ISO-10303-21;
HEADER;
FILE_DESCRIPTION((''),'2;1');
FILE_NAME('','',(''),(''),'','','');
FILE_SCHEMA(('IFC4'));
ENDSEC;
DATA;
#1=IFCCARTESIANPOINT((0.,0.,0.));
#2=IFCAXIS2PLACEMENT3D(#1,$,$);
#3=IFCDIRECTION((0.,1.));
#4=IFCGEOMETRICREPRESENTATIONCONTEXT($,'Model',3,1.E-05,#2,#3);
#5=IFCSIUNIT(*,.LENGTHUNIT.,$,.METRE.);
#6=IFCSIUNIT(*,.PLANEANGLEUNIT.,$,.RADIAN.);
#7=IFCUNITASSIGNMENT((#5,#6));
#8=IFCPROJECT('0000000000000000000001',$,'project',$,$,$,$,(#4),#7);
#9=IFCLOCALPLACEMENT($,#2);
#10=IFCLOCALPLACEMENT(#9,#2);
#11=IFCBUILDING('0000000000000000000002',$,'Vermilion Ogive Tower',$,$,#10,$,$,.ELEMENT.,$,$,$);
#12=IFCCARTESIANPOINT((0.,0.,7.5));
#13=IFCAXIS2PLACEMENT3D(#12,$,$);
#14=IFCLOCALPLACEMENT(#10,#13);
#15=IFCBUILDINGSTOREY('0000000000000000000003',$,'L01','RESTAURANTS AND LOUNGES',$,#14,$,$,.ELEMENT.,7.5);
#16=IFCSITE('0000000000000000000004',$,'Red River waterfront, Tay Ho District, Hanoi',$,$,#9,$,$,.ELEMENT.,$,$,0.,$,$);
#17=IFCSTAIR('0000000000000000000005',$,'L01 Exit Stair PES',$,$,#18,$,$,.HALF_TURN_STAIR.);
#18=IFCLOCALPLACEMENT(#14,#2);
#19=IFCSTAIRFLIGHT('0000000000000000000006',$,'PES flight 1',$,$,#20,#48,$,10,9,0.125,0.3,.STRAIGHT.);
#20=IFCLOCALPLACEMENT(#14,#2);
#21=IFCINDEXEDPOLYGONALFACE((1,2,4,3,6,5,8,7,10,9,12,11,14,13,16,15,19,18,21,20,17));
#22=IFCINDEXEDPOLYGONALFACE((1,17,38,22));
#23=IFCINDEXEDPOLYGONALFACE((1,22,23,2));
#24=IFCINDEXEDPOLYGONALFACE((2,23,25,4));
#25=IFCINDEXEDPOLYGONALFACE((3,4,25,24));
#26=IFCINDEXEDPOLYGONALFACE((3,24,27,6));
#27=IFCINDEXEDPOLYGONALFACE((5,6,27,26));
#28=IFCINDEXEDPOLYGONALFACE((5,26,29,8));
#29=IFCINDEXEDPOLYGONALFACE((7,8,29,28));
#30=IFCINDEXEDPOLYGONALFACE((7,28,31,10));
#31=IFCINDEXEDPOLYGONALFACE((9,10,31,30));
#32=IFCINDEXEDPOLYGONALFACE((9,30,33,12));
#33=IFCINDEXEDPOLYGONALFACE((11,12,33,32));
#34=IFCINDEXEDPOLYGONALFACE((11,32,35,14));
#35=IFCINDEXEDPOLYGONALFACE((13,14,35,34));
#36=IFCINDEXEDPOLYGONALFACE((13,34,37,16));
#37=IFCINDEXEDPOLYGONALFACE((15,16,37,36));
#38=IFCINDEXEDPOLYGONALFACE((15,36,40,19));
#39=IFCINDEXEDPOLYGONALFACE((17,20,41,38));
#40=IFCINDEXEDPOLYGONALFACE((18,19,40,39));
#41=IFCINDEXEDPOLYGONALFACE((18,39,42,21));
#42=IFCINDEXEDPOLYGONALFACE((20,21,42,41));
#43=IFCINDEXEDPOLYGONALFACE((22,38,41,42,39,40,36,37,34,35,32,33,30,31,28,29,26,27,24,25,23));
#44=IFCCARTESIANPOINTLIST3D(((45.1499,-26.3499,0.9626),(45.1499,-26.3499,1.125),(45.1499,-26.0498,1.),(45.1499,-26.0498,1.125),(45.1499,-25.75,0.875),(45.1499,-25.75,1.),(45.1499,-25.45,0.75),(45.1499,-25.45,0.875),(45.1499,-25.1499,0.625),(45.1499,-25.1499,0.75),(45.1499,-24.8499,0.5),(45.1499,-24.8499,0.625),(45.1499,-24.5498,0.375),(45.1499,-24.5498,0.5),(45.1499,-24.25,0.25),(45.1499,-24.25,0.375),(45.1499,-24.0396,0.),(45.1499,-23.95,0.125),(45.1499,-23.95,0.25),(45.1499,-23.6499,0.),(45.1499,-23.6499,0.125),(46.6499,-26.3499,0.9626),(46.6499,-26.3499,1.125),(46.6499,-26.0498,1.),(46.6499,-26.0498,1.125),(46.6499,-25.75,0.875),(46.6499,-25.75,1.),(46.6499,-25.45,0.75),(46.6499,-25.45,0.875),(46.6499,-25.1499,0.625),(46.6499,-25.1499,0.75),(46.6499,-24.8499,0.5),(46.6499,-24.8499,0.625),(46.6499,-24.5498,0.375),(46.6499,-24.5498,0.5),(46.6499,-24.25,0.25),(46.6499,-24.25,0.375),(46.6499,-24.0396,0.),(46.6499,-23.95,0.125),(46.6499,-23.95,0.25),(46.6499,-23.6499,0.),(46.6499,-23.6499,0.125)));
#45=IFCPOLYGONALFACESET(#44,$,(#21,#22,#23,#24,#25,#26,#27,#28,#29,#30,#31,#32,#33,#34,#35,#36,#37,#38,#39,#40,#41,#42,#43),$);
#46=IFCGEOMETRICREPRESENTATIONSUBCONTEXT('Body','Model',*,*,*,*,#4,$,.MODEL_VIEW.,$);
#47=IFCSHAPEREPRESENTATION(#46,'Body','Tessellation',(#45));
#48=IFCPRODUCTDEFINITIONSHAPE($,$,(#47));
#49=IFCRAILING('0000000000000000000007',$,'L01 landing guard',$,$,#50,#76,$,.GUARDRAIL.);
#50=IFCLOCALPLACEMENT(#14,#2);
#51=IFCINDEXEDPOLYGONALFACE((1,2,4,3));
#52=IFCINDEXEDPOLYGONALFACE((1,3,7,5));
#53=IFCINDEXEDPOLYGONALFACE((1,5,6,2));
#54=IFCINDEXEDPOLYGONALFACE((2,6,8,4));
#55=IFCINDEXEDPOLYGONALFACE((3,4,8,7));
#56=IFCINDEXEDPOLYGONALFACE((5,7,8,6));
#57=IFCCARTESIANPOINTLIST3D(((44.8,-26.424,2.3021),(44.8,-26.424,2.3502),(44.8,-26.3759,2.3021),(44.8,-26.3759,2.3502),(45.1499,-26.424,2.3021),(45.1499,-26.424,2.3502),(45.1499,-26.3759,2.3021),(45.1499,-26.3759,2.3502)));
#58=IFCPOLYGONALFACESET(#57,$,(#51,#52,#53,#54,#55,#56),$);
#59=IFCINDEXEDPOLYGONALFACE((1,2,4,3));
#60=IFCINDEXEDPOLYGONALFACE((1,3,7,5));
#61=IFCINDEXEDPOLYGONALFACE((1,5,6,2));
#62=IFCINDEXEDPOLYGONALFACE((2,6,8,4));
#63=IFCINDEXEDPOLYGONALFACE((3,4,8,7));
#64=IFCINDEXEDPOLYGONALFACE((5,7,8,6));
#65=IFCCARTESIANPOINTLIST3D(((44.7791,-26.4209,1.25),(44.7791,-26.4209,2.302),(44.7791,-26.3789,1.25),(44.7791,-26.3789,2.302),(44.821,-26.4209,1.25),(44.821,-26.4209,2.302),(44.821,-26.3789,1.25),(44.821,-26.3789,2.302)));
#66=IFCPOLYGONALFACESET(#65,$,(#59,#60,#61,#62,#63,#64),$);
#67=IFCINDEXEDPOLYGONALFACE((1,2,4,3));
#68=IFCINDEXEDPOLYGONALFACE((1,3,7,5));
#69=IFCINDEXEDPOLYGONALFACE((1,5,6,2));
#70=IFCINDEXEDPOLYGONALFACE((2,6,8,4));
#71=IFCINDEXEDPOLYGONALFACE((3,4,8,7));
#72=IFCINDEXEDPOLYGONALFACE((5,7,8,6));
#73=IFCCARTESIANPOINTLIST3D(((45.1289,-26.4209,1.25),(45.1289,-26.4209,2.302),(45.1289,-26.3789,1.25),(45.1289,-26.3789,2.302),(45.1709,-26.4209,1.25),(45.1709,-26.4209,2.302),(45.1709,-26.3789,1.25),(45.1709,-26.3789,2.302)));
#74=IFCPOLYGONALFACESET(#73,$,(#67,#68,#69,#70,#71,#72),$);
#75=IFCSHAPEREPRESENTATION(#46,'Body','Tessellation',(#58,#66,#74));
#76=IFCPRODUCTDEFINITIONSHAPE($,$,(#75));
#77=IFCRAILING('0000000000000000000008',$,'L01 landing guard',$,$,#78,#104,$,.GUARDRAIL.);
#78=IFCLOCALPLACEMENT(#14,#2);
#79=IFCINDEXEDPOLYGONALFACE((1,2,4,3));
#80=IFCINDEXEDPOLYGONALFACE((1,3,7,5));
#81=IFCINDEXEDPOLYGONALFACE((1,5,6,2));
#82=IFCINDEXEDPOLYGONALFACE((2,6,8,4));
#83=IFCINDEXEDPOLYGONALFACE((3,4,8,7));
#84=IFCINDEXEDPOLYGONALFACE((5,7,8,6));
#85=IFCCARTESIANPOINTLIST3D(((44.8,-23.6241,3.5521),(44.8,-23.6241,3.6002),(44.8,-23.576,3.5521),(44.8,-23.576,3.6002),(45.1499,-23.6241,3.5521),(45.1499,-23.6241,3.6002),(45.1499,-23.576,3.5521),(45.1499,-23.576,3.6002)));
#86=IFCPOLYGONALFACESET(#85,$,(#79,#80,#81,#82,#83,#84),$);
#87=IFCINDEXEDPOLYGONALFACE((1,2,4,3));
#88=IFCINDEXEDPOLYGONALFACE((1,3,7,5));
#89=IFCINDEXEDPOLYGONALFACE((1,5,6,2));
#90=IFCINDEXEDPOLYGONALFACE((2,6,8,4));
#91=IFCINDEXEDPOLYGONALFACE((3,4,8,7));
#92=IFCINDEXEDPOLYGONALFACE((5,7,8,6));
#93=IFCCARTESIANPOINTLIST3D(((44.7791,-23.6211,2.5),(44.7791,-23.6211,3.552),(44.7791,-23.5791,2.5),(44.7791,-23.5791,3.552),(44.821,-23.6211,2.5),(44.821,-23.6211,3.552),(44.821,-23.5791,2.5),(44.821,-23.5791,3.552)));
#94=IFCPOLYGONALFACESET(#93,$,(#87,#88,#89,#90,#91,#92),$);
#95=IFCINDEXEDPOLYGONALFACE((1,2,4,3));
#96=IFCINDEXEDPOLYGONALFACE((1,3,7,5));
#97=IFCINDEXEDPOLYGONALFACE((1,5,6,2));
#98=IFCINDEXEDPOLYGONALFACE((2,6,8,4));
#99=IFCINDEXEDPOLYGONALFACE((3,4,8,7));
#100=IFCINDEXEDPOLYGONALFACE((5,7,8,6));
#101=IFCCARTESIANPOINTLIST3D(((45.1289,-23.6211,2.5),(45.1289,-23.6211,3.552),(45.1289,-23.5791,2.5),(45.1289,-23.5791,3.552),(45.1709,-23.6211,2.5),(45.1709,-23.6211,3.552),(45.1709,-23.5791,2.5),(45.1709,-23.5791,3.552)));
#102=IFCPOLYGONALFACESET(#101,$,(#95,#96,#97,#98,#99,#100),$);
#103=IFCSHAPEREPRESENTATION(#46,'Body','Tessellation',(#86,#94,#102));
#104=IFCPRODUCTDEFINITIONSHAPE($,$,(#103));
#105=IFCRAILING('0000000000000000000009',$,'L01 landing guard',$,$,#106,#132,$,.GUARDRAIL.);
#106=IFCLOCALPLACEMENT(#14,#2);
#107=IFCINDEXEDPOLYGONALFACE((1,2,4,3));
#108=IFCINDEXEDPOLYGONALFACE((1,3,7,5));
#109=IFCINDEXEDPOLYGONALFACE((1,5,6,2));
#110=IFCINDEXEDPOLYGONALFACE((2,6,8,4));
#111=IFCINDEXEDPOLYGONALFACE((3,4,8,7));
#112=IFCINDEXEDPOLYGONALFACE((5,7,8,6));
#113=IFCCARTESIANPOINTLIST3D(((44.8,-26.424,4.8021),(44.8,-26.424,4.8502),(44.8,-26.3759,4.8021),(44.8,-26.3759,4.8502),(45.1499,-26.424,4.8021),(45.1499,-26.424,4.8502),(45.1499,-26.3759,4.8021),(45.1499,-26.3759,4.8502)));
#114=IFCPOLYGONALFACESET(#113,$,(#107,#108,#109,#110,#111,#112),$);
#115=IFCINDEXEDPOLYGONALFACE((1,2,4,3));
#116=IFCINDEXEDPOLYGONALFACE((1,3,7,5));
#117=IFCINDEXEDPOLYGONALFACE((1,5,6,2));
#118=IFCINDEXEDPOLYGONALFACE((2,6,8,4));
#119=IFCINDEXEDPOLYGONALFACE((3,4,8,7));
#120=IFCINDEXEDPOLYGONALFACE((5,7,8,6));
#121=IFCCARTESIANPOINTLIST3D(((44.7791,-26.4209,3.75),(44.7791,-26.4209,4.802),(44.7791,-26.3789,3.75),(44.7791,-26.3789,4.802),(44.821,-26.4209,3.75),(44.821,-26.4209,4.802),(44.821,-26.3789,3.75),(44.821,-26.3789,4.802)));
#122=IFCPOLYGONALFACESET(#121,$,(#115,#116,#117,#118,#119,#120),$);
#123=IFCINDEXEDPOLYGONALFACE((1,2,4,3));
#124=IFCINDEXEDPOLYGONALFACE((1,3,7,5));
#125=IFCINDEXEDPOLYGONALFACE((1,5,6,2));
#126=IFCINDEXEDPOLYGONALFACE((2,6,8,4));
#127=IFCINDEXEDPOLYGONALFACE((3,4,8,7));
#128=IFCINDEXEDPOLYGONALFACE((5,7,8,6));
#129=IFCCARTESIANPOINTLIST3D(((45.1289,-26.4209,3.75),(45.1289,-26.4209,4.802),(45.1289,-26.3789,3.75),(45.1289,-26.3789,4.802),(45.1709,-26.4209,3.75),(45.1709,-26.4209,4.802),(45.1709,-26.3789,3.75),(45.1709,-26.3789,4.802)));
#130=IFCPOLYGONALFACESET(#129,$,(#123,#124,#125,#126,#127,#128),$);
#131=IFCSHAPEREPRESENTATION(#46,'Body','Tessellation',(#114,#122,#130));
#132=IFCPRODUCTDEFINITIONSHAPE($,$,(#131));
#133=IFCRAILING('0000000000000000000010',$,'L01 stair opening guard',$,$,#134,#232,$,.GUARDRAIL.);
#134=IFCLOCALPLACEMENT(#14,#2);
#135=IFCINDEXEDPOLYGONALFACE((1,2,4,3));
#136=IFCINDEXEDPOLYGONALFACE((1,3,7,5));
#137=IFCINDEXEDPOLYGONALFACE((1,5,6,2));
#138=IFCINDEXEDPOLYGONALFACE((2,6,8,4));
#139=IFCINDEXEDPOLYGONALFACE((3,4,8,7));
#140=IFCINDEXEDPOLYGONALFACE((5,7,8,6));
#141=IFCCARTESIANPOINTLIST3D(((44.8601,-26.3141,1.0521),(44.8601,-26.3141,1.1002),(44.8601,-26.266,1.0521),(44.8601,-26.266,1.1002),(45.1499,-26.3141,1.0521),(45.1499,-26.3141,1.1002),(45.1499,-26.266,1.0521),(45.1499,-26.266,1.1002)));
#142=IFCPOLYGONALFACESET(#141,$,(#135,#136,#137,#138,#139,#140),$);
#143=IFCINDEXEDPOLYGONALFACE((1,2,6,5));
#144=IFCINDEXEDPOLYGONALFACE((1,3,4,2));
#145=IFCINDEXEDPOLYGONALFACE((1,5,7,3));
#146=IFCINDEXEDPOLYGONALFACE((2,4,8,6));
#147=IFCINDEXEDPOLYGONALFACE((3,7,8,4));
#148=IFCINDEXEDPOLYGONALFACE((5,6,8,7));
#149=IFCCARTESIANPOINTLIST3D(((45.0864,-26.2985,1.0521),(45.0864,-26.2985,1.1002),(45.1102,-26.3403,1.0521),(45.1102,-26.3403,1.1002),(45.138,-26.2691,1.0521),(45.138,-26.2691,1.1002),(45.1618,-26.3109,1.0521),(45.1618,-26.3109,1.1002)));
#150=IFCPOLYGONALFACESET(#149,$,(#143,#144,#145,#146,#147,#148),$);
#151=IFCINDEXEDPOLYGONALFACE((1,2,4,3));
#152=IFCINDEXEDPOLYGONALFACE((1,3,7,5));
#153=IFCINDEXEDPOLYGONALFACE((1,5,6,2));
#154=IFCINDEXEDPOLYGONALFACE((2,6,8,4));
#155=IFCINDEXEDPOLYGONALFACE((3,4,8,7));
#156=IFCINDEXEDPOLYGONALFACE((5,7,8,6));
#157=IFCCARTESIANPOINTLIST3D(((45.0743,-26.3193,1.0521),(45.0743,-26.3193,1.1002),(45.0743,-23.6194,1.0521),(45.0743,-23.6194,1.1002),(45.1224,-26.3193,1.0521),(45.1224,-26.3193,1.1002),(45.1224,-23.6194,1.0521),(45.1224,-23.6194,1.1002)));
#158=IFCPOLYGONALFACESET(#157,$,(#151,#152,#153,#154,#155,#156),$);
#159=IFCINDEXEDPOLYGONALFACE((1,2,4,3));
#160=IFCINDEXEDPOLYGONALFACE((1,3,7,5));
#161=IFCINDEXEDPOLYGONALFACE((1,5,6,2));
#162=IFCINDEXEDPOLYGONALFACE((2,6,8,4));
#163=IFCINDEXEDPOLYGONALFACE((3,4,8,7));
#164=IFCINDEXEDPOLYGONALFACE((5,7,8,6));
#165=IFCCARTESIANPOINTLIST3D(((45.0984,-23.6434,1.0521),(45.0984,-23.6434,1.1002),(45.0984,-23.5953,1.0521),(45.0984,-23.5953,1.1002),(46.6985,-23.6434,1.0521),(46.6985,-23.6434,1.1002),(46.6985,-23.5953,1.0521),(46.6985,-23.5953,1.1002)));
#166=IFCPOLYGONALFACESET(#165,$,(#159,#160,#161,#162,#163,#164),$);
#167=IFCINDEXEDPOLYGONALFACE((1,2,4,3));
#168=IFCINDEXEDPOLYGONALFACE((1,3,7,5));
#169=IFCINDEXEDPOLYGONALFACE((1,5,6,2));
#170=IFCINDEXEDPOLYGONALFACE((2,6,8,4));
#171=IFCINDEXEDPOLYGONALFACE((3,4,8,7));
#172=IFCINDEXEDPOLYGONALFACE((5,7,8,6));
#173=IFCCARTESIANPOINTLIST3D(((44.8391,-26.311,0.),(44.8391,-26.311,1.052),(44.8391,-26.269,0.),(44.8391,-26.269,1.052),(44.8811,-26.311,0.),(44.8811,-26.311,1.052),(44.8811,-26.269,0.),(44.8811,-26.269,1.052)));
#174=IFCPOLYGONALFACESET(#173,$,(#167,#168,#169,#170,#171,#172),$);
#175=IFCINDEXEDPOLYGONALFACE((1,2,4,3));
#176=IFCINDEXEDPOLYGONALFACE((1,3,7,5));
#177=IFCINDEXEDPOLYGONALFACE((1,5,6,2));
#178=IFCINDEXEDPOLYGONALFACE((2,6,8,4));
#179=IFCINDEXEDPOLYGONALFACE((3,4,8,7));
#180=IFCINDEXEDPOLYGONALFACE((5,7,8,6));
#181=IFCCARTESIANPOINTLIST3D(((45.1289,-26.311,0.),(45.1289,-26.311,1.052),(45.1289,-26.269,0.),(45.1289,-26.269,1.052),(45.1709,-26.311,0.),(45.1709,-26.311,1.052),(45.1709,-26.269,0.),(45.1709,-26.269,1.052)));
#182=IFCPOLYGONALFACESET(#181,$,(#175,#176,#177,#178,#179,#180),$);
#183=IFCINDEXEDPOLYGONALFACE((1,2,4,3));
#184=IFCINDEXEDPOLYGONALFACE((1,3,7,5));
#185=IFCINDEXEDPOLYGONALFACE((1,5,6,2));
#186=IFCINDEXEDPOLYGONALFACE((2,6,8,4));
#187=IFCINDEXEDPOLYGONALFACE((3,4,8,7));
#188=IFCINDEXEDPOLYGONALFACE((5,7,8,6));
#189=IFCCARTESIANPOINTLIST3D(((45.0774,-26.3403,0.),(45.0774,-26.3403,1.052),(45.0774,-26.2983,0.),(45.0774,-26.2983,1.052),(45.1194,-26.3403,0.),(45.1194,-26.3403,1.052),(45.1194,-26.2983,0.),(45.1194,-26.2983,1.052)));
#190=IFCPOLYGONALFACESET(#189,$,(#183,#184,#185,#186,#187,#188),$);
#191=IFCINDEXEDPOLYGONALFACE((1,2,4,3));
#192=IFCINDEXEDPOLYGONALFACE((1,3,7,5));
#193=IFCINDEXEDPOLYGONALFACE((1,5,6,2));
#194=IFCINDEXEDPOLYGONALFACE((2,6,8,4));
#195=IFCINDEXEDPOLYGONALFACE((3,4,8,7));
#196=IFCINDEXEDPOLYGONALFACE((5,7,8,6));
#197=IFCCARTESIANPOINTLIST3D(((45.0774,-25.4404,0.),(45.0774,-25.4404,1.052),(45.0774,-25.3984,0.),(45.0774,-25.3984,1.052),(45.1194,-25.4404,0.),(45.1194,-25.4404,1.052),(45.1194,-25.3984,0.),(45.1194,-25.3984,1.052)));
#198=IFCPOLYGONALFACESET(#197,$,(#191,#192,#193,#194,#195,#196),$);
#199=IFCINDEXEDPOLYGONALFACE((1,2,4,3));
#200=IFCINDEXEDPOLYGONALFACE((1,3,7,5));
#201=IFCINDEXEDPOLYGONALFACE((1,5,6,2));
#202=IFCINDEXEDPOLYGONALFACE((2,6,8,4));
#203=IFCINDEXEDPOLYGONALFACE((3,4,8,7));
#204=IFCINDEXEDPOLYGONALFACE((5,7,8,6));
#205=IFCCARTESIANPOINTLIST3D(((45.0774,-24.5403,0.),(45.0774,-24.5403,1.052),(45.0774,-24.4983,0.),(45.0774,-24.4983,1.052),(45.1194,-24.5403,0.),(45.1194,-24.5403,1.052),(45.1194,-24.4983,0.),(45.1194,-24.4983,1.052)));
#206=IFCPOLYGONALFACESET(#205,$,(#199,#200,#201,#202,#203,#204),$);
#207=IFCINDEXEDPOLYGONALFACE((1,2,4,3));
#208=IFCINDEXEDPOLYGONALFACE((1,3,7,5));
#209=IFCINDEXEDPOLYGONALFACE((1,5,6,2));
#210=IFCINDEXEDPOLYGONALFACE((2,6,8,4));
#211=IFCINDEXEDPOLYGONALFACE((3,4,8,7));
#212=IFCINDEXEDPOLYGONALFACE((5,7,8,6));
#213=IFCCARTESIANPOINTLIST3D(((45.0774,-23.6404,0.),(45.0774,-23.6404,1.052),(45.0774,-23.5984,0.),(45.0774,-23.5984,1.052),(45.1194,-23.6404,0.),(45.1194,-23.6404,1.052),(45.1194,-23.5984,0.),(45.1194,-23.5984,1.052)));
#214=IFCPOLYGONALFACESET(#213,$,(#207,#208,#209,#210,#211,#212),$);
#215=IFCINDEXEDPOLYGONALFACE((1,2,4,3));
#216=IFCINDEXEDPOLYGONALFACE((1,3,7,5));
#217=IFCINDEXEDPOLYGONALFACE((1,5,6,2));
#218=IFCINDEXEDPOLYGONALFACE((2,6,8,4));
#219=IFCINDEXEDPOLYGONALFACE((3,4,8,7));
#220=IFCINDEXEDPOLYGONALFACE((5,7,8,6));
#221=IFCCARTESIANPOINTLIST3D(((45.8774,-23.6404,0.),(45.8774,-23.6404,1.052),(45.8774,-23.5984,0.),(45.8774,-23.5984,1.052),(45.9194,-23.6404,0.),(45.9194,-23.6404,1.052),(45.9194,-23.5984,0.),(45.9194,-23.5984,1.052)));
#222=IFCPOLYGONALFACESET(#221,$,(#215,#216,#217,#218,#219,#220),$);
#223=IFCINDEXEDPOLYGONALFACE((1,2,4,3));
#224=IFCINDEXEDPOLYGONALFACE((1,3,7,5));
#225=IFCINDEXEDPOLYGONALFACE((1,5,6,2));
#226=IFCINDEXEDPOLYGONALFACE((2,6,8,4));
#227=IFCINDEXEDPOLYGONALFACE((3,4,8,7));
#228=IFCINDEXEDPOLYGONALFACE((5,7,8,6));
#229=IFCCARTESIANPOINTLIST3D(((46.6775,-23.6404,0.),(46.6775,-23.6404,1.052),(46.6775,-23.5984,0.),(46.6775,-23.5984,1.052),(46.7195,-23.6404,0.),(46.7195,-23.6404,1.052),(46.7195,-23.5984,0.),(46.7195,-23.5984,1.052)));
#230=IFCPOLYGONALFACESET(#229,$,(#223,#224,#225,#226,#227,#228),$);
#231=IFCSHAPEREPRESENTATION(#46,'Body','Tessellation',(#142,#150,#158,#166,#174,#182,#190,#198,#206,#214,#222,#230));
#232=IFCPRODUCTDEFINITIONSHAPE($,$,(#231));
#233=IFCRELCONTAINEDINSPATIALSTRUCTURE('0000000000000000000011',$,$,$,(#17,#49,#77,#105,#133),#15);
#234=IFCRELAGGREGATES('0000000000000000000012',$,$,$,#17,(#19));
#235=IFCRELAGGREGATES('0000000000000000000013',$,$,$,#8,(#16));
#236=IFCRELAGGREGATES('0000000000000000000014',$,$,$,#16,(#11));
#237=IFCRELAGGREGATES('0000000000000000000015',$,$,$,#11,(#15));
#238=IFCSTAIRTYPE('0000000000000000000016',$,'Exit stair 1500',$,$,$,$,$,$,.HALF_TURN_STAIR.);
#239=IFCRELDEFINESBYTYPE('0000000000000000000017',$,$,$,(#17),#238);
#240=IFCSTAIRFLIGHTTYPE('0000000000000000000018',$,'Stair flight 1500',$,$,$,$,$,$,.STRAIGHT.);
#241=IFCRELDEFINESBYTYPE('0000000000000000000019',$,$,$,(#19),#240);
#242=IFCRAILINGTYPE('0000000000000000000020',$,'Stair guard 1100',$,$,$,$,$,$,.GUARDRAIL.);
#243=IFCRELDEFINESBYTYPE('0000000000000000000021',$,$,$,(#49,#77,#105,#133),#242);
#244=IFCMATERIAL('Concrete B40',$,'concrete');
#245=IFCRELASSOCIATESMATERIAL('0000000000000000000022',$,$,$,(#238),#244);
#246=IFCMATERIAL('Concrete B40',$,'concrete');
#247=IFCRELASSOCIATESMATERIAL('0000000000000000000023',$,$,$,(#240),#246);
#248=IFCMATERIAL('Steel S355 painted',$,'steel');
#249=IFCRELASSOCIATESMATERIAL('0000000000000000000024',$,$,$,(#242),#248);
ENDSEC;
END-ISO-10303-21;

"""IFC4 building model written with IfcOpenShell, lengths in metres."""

from ifc_helpers import new_model, si_unit, direction, frame, origin, origin_2d, place, context, subcontext, project, spatial, polyline, rectangle, outline, extrude, material, type_object, element, aggregate, save


model = new_model("IFC4")

# Units and contexts
model_context = context("Model", 3, precision=1e-05, world=origin(), true_north=direction((0.0, 1.0)))
body_context = subcontext(model_context, "Body", "Model", "MODEL_VIEW")
ifc_project = project(units=[si_unit("LENGTHUNIT", "METRE"), si_unit("PLANEANGLEUNIT", "RADIAN")], contexts=[model_context])

# Site, building, storey
site_placement = place(None, origin())
site = spatial("IfcSite", under=ifc_project, at=site_placement, Name="Red River waterfront, Tay Ho District, Hanoi", CompositionType="ELEMENT", RefElevation=0.0)
building_placement = place(site_placement, origin())
building = spatial("IfcBuilding", under=site, at=building_placement, Name="Vermilion Ogive Tower", CompositionType="ELEMENT")
storey_placement = place(building_placement, frame((0.0, 0.0, 7.5)))
storey = spatial("IfcBuildingStorey", under=building, at=storey_placement, Name="L01", Description="RESTAURANTS AND LOUNGES", CompositionType="ELEMENT", Elevation=7.5)

# Stair, stair flight
ifc_material_1 = material(Name="Concrete B40", Category="concrete")
stair_type = type_object("IfcStairType", Name="Exit stair 1500", PredefinedType="HALF_TURN_STAIR", material=ifc_material_1)
stair_placement = place(storey_placement, origin())
stair = element("IfcStair", 1, at=stair_placement, inside=storey, type_object=stair_type, Name="L01 Exit Stair PES", PredefinedType="HALF_TURN_STAIR")
ifc_material_2 = material(Name="Concrete B40", Category="concrete")
stair_flight_type = type_object("IfcStairFlightType", Name="Stair flight 1500", PredefinedType="STRAIGHT", material=ifc_material_2)
stair_flight_placement = place(storey_placement, frame((45.8999, -23.6499, 0.0), z_axis=(0.0, 0.0, 1.0), x_axis=(0.0, -1.0, 0.0)))
stair_flight = element("IfcStairFlight", 2, at=stair_flight_placement, type_object=stair_flight_type, Name="PES flight 1", NumberOfRisers=10, NumberOfTreads=9, PredefinedType="STRAIGHT", RiserHeight=0.125, TreadLength=0.3, context=body_context, shape_type="SweptSolid", body=[
    extrude(outline(polyline([(0.0, 0.0), (0.0, 0.125), (0.3, 0.125), (0.3, 0.25), (0.6001, 0.25), (0.6001, 0.375), (0.8999, 0.375), (0.8999, 0.5), (1.2, 0.5), (1.2, 0.625), (1.5, 0.625), (1.5, 0.75), (1.8, 0.75), (1.8, 0.875), (2.1001, 0.875), (2.1001, 1.0), (2.3999, 1.0), (2.3999, 1.125), (2.7, 1.125), (2.7, 1.25), (2.7, 0.9626), (0.3896, 0.0), (0.0, 0.0)])), frame((0.0, 0.75, 0.0), z_axis=(0.0, -1.0, 0.0), x_axis=(1.0, 0.0, 0.0)), (0.0, 0.0, 1.0), 1.5),
])
aggregate(stair, [stair_flight])

# Railings
ifc_material_3 = material(Name="Steel S355 painted", Category="steel")
railing_type_1 = type_object("IfcRailingType", Name="Stair guard 1100", PredefinedType="GUARDRAIL", material=ifc_material_3)
for number, where, name in (
    (3, (44.8, -26.3999, 1.25), "L01 landing guard"),
    (4, (44.8, -23.6001, 2.5), "L01 landing guard"),
    (5, (44.8, -26.3999, 3.75), "L01 landing guard"),
):
    element("IfcRailing", number, at=place(storey_placement, frame(where)), inside=storey, type_object=railing_type_1, Name=name, PredefinedType="GUARDRAIL", context=body_context, shape_type="SweptSolid", body=[
        extrude(rectangle(XDim=0.0481, YDim=0.0481, at=origin_2d()), frame((0.0, 0.0, 1.0762), z_axis=(1.0, 0.0, 0.0), x_axis=(0.0, 1.0, 0.0)), (0.0, 0.0, 1.0), 0.3499),
        extrude(rectangle(XDim=0.042, YDim=0.042, at=origin_2d()), origin(), (0.0, 0.0, 1.0), 1.052),
        extrude(rectangle(XDim=0.042, YDim=0.042, at=origin_2d()), frame((0.3499, 0.0, 0.0)), (0.0, 0.0, 1.0), 1.052),
    ])
railing_placement = place(storey_placement, frame((44.8601, -26.29, 0.0)))
element("IfcRailing", 6, at=railing_placement, inside=storey, type_object=railing_type_1, Name="L01 stair opening guard", PredefinedType="GUARDRAIL", context=body_context, shape_type="SweptSolid", body=[
    extrude(rectangle(XDim=0.0481, YDim=0.0481, at=origin_2d()), frame((0.0, 0.0, 1.0762), z_axis=(1.0, 0.0, 0.0), x_axis=(0.0, 1.0, 0.0)), (0.0, 0.0, 1.0), 0.2898),
    extrude(rectangle(XDim=0.0481, YDim=0.0481, at=origin_2d()), frame((0.2898, 0.0, 1.0762), z_axis=(-0.869255, -0.494363, 0.0), x_axis=(0.494363, -0.869255, 0.0)), (0.0, 0.0, 1.0), 0.0593),
    extrude(rectangle(XDim=0.0481, YDim=0.0481, at=origin_2d()), frame((0.2383, -0.0293, 1.0762), z_axis=(0.0, 1.0, 0.0), x_axis=(-1.0, 0.0, 0.0)), (0.0, 0.0, 1.0), 2.7),
    extrude(rectangle(XDim=0.0481, YDim=0.0481, at=origin_2d()), frame((0.2383, 2.6707, 1.0762), z_axis=(1.0, 0.0, 0.0), x_axis=(0.0, 1.0, 0.0)), (0.0, 0.0, 1.0), 1.6001),
    extrude(rectangle(XDim=0.042, YDim=0.042, at=origin_2d()), origin(), (0.0, 0.0, 1.0), 1.052),
    extrude(rectangle(XDim=0.042, YDim=0.042, at=origin_2d()), frame((0.2898, 0.0, 0.0)), (0.0, 0.0, 1.0), 1.052),
    extrude(rectangle(XDim=0.042, YDim=0.042, at=origin_2d()), frame((0.2383, -0.0293, 0.0)), (0.0, 0.0, 1.0), 1.052),
    extrude(rectangle(XDim=0.042, YDim=0.042, at=origin_2d()), frame((0.2383, 0.8706, 0.0)), (0.0, 0.0, 1.0), 1.052),
    extrude(rectangle(XDim=0.042, YDim=0.042, at=origin_2d()), frame((0.2383, 1.7708, 0.0)), (0.0, 0.0, 1.0), 1.052),
    extrude(rectangle(XDim=0.042, YDim=0.042, at=origin_2d()), frame((0.2383, 2.6707, 0.0)), (0.0, 0.0, 1.0), 1.052),
    extrude(rectangle(XDim=0.042, YDim=0.042, at=origin_2d()), frame((1.0383, 2.6707, 0.0)), (0.0, 0.0, 1.0), 1.052),
    extrude(rectangle(XDim=0.042, YDim=0.042, at=origin_2d()), frame((1.8384, 2.6707, 0.0)), (0.0, 0.0, 1.0), 1.052),
])

save(model, "model.ifc")
